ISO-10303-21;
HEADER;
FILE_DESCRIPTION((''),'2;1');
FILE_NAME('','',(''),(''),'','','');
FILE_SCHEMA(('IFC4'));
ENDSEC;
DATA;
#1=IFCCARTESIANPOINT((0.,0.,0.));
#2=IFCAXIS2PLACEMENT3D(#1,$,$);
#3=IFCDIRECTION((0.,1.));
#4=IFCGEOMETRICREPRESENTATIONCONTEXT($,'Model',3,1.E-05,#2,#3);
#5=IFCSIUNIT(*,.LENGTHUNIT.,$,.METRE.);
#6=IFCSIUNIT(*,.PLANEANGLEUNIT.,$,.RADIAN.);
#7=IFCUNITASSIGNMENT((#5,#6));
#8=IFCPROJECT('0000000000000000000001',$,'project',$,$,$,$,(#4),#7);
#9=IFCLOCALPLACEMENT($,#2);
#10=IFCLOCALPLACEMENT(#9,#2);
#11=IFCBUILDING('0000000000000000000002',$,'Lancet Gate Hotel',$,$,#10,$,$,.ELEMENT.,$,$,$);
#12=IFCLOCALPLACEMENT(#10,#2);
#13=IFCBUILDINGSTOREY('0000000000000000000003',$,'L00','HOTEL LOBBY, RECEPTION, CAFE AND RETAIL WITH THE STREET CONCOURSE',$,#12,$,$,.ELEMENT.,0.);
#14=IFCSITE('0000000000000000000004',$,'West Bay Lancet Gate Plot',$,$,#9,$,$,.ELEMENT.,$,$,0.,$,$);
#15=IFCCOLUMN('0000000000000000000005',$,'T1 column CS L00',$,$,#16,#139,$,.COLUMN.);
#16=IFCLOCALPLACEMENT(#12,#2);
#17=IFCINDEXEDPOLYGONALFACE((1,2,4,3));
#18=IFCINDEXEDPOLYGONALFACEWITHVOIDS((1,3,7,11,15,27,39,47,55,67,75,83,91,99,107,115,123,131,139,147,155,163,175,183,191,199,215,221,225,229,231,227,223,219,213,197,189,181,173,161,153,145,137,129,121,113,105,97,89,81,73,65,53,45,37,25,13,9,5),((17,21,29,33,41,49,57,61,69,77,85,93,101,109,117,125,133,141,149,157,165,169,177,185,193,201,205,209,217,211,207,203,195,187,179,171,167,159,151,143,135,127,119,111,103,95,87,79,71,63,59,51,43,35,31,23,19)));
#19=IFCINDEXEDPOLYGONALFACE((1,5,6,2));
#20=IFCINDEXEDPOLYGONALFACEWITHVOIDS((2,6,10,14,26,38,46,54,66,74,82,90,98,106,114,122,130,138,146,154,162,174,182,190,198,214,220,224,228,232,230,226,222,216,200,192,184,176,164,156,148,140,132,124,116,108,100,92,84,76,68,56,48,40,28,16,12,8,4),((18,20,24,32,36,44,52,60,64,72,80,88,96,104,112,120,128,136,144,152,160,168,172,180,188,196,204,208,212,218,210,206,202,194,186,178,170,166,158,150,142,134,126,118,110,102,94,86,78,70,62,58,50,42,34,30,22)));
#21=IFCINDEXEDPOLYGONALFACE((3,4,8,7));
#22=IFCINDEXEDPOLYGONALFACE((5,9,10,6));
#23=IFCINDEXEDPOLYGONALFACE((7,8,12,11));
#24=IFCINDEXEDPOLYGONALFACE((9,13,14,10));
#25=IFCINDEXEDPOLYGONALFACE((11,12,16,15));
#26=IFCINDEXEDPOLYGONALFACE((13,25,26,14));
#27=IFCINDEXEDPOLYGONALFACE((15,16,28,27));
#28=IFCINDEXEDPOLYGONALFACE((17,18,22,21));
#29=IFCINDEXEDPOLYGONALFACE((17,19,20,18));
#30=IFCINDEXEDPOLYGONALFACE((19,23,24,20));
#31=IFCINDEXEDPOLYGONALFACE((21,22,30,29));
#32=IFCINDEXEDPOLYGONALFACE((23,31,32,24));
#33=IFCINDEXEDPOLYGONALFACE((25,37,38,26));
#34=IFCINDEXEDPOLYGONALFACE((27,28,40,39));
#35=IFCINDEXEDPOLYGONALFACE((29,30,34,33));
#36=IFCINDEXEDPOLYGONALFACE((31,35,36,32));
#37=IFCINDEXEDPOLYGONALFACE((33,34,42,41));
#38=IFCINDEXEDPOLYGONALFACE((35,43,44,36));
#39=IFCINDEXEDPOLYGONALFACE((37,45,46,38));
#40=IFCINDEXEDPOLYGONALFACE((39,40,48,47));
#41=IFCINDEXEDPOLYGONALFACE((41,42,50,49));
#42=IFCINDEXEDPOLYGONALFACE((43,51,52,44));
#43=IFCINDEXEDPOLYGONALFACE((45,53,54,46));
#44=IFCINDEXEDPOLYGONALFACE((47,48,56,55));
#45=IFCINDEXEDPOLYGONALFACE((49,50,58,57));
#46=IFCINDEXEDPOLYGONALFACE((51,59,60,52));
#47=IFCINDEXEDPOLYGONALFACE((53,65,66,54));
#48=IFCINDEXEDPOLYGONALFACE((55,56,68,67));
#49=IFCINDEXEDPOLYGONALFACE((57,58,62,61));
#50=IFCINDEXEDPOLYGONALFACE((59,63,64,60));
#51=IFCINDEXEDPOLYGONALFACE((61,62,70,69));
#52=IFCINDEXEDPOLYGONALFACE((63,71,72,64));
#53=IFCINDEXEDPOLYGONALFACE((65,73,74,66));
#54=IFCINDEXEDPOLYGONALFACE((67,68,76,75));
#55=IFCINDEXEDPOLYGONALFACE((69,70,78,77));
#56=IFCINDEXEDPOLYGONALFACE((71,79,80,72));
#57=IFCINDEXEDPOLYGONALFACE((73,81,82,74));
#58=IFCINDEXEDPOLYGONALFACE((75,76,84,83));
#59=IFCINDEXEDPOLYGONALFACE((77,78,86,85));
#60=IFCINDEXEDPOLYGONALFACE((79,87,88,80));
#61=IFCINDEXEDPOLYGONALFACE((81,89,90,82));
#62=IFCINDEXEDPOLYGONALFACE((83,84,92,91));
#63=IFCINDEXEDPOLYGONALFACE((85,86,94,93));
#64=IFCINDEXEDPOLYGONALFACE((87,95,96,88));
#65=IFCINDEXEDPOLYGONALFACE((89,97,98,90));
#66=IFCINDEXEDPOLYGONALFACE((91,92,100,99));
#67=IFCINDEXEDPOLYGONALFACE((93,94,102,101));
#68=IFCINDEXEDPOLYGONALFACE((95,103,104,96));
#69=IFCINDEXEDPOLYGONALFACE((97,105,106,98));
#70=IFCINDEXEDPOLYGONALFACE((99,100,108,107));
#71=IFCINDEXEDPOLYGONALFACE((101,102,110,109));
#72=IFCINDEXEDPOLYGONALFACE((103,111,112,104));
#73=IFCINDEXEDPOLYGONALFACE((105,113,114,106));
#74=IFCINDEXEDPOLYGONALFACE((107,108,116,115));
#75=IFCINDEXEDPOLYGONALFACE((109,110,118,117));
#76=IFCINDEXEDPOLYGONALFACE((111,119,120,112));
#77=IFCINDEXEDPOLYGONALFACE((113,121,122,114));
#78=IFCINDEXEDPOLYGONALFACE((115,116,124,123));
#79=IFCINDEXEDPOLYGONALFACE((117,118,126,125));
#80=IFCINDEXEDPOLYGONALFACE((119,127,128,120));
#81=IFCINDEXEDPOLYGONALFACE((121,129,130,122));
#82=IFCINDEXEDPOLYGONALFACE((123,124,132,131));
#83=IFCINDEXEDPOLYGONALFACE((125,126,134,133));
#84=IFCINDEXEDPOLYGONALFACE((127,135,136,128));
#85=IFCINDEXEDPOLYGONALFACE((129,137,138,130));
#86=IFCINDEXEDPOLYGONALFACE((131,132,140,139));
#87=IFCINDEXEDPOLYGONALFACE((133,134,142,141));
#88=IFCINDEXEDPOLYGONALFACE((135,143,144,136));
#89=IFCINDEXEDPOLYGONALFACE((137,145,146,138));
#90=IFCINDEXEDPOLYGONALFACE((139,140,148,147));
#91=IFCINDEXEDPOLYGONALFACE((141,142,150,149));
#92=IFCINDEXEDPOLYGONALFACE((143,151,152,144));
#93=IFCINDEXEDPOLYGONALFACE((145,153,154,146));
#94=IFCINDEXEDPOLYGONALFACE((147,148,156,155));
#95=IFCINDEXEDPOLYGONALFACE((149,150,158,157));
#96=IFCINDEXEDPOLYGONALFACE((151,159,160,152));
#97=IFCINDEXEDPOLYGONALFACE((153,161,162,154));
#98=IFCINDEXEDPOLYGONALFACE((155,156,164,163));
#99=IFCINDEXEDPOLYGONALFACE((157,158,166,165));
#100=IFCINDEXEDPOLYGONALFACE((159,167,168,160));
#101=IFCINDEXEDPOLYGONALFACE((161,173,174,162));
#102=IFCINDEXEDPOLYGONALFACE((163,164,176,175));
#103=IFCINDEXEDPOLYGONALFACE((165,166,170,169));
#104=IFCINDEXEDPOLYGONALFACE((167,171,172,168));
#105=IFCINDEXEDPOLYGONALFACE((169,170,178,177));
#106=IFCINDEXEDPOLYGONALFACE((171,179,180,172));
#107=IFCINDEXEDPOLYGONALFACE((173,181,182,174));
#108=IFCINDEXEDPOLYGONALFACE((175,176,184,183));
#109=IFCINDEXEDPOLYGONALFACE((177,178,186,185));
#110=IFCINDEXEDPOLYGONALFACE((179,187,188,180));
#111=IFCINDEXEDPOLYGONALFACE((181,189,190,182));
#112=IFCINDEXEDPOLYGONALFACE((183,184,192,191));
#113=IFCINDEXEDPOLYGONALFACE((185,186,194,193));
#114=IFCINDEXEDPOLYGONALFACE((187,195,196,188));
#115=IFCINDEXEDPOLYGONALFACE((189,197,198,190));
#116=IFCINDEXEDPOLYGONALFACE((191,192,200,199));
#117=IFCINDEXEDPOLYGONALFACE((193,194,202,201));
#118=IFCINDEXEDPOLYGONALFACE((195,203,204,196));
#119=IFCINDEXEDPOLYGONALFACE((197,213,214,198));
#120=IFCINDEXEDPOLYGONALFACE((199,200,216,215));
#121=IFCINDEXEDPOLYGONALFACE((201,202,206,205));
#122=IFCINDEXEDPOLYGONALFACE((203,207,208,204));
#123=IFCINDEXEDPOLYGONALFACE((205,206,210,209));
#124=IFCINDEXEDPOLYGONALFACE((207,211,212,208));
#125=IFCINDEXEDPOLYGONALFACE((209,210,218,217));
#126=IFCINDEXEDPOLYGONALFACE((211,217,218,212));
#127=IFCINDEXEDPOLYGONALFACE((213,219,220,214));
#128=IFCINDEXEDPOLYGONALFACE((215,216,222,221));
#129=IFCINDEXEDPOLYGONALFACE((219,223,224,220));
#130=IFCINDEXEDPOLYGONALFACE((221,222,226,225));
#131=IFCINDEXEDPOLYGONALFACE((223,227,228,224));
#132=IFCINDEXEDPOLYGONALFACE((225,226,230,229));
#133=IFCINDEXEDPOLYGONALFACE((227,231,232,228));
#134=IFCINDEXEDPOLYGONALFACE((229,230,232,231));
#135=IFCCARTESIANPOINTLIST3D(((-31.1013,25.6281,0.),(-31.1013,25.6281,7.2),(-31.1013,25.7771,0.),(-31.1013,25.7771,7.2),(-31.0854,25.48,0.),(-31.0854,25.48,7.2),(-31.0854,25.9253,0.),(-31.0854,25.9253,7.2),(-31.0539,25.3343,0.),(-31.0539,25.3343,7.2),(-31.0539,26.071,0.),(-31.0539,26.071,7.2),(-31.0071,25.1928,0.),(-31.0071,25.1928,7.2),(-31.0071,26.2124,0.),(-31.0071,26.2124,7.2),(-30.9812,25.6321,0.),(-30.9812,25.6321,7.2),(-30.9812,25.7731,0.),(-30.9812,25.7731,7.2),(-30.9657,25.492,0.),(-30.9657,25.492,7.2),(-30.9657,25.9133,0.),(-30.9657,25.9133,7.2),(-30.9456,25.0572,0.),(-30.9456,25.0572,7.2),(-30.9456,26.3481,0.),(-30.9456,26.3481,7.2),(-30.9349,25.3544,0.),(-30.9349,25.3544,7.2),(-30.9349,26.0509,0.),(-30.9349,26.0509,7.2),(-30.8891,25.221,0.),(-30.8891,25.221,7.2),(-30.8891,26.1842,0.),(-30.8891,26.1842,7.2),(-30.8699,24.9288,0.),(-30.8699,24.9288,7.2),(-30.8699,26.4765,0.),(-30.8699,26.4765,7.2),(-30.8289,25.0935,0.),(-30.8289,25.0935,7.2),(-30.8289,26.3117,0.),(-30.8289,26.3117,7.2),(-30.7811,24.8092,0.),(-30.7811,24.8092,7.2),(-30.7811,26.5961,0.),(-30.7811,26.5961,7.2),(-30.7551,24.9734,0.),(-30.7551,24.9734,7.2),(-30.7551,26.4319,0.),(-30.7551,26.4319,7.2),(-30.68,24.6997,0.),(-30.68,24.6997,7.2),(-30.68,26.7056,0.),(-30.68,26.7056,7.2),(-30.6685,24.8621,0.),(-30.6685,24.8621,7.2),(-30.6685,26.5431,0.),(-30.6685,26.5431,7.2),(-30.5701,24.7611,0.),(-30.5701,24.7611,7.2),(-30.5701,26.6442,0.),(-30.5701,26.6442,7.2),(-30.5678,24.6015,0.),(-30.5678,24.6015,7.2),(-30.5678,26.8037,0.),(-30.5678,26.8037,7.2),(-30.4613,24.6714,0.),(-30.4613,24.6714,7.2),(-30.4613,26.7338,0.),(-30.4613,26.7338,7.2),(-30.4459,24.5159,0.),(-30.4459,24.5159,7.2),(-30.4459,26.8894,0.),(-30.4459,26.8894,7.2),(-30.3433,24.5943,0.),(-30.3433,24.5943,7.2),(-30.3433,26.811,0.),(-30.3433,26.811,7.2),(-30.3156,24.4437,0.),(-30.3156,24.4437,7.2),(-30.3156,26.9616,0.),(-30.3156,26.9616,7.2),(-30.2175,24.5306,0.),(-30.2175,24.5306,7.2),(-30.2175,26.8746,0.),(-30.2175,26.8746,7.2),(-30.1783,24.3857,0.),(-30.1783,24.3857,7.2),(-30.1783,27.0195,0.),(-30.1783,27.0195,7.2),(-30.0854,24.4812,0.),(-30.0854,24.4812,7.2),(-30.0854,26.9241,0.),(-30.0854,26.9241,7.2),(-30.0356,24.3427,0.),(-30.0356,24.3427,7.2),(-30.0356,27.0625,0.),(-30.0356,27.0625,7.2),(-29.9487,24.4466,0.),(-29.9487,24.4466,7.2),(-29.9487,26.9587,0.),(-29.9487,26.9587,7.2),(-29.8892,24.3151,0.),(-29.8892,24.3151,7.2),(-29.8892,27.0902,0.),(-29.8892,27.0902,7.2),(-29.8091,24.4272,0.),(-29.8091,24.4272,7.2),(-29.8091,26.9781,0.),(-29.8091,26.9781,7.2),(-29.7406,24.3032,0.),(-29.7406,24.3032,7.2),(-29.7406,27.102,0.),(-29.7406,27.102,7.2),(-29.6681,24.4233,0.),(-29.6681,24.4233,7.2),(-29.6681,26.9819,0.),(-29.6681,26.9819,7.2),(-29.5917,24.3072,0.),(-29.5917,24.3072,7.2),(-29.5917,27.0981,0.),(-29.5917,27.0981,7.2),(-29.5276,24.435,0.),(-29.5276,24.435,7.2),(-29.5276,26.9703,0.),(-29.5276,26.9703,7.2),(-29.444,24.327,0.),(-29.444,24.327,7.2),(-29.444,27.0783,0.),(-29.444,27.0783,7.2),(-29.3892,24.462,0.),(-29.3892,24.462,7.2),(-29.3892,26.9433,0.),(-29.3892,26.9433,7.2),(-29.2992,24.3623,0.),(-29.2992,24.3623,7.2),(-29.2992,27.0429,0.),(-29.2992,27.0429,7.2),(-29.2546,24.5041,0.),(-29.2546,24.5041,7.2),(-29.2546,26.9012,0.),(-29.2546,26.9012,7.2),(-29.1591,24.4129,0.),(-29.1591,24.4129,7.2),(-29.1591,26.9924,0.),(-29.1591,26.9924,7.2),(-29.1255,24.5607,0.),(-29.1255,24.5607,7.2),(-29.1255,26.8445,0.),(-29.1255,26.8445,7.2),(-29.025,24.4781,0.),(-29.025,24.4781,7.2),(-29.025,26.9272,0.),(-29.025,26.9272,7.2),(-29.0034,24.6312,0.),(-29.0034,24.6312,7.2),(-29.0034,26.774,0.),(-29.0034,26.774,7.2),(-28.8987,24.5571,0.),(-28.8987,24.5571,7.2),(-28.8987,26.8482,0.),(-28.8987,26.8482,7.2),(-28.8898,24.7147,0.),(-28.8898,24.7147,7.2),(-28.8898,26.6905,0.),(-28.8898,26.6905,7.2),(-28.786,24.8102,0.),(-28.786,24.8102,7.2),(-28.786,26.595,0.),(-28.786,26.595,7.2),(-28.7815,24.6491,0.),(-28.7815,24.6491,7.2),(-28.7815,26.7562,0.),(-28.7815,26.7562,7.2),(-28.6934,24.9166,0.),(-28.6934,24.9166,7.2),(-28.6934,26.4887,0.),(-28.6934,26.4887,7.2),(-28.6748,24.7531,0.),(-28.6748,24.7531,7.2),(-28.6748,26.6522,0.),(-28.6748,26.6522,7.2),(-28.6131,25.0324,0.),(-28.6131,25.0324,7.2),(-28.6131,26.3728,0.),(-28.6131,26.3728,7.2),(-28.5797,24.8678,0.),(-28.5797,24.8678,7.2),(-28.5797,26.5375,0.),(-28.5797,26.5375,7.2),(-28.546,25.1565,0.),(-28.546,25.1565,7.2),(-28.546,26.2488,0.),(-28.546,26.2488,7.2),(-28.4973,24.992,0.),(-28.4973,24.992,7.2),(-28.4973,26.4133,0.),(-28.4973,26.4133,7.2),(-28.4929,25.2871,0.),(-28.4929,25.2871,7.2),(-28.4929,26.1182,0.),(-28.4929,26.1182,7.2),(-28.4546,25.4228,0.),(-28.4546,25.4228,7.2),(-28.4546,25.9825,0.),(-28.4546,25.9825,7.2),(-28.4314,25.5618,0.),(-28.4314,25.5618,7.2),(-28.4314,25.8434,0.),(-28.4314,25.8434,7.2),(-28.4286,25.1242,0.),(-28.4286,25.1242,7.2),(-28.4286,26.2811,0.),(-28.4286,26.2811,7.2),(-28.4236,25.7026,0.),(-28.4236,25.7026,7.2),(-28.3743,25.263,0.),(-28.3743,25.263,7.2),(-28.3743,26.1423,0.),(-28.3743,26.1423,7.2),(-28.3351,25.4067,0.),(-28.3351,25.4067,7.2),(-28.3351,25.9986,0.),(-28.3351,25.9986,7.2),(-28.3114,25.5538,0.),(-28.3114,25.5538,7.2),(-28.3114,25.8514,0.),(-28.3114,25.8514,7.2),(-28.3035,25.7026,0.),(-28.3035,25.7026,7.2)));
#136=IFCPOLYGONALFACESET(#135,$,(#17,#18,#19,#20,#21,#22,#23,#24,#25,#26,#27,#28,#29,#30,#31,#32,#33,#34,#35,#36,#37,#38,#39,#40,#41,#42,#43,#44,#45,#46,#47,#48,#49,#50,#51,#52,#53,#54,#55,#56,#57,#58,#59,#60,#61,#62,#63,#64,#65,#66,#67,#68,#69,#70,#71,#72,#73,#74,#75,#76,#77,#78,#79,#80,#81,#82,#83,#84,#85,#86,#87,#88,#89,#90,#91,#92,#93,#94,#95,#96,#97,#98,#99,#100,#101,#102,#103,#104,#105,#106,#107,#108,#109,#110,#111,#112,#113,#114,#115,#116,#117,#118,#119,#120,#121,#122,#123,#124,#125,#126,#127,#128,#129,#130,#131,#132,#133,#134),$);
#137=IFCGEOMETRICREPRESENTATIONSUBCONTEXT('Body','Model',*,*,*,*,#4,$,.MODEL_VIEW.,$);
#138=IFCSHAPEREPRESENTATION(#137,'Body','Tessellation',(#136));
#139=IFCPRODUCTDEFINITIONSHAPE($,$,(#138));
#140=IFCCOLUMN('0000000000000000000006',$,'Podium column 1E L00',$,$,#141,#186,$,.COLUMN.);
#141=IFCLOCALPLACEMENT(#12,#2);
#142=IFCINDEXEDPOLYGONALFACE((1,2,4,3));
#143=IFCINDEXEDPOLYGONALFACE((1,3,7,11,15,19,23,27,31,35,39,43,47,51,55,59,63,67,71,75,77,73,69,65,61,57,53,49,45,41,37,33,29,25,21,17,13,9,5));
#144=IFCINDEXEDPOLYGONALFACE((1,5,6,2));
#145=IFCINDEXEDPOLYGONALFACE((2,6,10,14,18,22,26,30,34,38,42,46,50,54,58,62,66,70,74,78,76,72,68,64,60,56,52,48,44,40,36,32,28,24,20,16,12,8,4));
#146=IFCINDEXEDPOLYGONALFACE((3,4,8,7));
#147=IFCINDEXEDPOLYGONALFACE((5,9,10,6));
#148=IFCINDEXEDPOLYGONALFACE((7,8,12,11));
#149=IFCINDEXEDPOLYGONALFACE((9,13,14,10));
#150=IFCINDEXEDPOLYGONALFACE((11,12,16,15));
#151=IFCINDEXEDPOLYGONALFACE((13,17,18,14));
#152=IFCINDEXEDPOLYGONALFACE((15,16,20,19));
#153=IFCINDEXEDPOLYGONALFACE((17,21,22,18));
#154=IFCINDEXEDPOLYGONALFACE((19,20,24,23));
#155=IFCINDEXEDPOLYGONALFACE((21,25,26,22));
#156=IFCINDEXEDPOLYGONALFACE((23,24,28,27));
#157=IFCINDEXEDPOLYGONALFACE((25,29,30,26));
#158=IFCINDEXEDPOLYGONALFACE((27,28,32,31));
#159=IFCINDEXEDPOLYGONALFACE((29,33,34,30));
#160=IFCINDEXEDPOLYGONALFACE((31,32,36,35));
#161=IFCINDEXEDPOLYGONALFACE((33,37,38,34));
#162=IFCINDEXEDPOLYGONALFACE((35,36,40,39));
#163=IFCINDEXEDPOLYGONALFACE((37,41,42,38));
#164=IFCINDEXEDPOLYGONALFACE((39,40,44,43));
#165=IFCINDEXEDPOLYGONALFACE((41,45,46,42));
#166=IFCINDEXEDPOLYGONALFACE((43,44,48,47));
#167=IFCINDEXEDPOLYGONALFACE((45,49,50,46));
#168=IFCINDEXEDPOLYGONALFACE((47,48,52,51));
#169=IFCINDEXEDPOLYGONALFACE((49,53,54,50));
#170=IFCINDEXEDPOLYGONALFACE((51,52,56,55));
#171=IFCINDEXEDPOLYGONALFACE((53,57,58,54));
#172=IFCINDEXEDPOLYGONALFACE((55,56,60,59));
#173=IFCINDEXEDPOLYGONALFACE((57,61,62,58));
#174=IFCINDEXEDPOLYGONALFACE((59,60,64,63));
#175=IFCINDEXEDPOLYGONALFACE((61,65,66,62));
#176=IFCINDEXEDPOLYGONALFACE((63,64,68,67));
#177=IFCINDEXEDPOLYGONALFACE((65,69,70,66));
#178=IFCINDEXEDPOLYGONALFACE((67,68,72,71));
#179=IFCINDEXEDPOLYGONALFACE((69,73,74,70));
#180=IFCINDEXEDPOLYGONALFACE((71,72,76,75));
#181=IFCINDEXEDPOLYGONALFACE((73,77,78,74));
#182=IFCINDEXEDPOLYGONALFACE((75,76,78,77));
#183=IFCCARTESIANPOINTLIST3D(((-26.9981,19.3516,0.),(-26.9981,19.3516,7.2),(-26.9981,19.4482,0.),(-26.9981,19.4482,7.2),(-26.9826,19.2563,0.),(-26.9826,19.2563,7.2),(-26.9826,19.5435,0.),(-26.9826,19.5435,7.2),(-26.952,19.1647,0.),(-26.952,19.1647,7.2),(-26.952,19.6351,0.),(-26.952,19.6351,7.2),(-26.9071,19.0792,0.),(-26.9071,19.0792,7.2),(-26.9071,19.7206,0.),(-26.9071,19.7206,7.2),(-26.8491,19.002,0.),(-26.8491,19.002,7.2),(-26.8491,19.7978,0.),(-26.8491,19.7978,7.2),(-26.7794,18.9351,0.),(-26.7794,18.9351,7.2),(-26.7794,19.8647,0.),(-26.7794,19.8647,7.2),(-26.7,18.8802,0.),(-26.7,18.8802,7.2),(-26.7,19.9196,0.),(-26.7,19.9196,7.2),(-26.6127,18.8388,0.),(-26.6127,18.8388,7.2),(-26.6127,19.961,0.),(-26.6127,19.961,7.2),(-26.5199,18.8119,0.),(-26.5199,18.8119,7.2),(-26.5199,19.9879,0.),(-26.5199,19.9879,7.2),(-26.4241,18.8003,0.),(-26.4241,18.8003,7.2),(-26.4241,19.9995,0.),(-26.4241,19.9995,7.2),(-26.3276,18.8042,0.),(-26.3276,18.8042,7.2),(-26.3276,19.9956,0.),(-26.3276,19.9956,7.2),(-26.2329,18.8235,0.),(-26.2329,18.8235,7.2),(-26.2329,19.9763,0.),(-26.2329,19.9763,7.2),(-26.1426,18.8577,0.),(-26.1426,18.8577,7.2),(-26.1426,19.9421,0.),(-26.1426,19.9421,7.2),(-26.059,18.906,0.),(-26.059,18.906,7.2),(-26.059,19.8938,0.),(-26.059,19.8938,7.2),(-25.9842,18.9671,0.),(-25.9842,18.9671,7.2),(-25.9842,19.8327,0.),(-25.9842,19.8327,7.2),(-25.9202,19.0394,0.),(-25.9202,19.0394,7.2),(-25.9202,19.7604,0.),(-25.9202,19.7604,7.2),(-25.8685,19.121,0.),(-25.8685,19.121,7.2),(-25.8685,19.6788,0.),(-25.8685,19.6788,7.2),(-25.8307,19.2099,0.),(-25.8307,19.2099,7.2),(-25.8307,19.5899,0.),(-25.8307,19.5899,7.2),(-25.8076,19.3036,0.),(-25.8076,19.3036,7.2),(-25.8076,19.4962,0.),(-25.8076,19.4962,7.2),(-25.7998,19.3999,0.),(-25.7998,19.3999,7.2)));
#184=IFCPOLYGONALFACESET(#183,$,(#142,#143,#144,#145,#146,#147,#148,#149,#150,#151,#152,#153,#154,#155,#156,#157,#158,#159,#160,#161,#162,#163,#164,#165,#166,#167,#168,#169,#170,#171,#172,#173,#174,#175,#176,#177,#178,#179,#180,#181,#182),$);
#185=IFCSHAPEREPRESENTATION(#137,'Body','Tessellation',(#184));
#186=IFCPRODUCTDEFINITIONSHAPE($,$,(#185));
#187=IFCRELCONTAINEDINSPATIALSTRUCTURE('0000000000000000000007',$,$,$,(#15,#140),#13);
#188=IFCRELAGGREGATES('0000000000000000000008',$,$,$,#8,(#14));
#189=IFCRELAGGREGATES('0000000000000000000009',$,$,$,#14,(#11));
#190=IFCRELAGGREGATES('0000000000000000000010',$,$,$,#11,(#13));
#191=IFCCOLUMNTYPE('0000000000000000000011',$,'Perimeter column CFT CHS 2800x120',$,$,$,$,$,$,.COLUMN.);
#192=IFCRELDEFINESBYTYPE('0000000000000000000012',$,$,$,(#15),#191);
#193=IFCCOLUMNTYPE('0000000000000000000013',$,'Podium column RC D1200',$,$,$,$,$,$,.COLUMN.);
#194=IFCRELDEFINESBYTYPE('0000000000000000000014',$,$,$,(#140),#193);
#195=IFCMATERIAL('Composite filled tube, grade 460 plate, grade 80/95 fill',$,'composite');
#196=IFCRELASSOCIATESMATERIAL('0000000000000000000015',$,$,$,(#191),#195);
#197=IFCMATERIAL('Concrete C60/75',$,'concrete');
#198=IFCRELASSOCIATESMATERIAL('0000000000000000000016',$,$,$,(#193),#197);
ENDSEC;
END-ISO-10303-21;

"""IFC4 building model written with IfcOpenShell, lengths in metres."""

from ifc_helpers import new_model, si_unit, direction, frame, origin, origin_2d, place, context, subcontext, project, spatial, circle, hollow_circle, extrude, material, material_profile, profile_set, type_object, element, save


model = new_model("IFC4")

# Units and contexts
model_context = context("Model", 3, precision=1e-05, world=origin(), true_north=direction((0.0, 1.0)))
body_context = subcontext(model_context, "Body", "Model", "MODEL_VIEW")
ifc_project = project(units=[si_unit("LENGTHUNIT", "METRE"), si_unit("PLANEANGLEUNIT", "RADIAN")], contexts=[model_context])

# Site, building, storey
site_placement = place(None, origin())
site = spatial("IfcSite", under=ifc_project, at=site_placement, Name="West Bay Lancet Gate Plot", CompositionType="ELEMENT", RefElevation=0.0)
building_placement = place(site_placement, origin())
building = spatial("IfcBuilding", under=site, at=building_placement, Name="Lancet Gate Hotel", CompositionType="ELEMENT")
storey_placement = place(building_placement, origin())
storey = spatial("IfcBuildingStorey", under=building, at=storey_placement, Name="L00", Description="HOTEL LOBBY, RECEPTION, CAFE AND RETAIL WITH THE STREET CONCOURSE", CompositionType="ELEMENT", Elevation=0.0)

# Columns
ifc_material_1 = material(Name="Composite filled tube, grade 460 plate, grade 80/95 fill", Category="composite")
ifc_material_profile_1 = material_profile(ifc_material_1, hollow_circle(Radius=1.3999, WallThickness=0.1201, at=origin_2d()), Name="CHS 2800x120")
ifc_profile_set_1 = profile_set([ifc_material_profile_1], Name="Composite filled tube, grade 460 plate, grade 80/95 fill")
column_type_1 = type_object("IfcColumnType", Name="Perimeter column CFT CHS 2800x120", PredefinedType="COLUMN", material=ifc_profile_set_1)
column_placement = place(storey_placement, frame((-29.7034, 25.7026, 0.0), z_axis=(0.0, 0.0, 1.0), x_axis=(1.0, 0.0, 0.0)))
element("IfcColumn", 1, at=column_placement, inside=storey, type_object=column_type_1, Name="T1 column CS L00", PredefinedType="COLUMN", context=body_context, shape_type="SweptSolid", body=[
    extrude(hollow_circle(Radius=1.3999, WallThickness=0.1201, at=origin_2d()), origin(), (0.0, 0.0, 1.0), 7.2),
])
ifc_material_2 = material(Name="Concrete C60/75", Category="concrete")
ifc_material_profile_2 = material_profile(ifc_material_2, circle(Radius=0.6001, at=origin_2d()), Name="RC D1200")
ifc_profile_set_2 = profile_set([ifc_material_profile_2], Name="Concrete C60/75")
column_type_2 = type_object("IfcColumnType", Name="Podium column RC D1200", PredefinedType="COLUMN", material=ifc_profile_set_2)
for number, where, z_axis, x_axis, name in (
    (2, (-26.3999, 19.3999, 0.0), (0.0, 0.0, 1.0), (1.0, 0.0, 0.0), "Podium column 1E L00"),
):
    element("IfcColumn", number, at=place(storey_placement, frame(where, z_axis=z_axis, x_axis=x_axis)), inside=storey, type_object=column_type_2, Name=name, PredefinedType="COLUMN", context=body_context, shape_type="SweptSolid", body=[
        extrude(circle(Radius=0.6001, at=origin_2d()), origin(), (0.0, 0.0, 1.0), 7.2),
    ])

save(model, "model.ifc")
